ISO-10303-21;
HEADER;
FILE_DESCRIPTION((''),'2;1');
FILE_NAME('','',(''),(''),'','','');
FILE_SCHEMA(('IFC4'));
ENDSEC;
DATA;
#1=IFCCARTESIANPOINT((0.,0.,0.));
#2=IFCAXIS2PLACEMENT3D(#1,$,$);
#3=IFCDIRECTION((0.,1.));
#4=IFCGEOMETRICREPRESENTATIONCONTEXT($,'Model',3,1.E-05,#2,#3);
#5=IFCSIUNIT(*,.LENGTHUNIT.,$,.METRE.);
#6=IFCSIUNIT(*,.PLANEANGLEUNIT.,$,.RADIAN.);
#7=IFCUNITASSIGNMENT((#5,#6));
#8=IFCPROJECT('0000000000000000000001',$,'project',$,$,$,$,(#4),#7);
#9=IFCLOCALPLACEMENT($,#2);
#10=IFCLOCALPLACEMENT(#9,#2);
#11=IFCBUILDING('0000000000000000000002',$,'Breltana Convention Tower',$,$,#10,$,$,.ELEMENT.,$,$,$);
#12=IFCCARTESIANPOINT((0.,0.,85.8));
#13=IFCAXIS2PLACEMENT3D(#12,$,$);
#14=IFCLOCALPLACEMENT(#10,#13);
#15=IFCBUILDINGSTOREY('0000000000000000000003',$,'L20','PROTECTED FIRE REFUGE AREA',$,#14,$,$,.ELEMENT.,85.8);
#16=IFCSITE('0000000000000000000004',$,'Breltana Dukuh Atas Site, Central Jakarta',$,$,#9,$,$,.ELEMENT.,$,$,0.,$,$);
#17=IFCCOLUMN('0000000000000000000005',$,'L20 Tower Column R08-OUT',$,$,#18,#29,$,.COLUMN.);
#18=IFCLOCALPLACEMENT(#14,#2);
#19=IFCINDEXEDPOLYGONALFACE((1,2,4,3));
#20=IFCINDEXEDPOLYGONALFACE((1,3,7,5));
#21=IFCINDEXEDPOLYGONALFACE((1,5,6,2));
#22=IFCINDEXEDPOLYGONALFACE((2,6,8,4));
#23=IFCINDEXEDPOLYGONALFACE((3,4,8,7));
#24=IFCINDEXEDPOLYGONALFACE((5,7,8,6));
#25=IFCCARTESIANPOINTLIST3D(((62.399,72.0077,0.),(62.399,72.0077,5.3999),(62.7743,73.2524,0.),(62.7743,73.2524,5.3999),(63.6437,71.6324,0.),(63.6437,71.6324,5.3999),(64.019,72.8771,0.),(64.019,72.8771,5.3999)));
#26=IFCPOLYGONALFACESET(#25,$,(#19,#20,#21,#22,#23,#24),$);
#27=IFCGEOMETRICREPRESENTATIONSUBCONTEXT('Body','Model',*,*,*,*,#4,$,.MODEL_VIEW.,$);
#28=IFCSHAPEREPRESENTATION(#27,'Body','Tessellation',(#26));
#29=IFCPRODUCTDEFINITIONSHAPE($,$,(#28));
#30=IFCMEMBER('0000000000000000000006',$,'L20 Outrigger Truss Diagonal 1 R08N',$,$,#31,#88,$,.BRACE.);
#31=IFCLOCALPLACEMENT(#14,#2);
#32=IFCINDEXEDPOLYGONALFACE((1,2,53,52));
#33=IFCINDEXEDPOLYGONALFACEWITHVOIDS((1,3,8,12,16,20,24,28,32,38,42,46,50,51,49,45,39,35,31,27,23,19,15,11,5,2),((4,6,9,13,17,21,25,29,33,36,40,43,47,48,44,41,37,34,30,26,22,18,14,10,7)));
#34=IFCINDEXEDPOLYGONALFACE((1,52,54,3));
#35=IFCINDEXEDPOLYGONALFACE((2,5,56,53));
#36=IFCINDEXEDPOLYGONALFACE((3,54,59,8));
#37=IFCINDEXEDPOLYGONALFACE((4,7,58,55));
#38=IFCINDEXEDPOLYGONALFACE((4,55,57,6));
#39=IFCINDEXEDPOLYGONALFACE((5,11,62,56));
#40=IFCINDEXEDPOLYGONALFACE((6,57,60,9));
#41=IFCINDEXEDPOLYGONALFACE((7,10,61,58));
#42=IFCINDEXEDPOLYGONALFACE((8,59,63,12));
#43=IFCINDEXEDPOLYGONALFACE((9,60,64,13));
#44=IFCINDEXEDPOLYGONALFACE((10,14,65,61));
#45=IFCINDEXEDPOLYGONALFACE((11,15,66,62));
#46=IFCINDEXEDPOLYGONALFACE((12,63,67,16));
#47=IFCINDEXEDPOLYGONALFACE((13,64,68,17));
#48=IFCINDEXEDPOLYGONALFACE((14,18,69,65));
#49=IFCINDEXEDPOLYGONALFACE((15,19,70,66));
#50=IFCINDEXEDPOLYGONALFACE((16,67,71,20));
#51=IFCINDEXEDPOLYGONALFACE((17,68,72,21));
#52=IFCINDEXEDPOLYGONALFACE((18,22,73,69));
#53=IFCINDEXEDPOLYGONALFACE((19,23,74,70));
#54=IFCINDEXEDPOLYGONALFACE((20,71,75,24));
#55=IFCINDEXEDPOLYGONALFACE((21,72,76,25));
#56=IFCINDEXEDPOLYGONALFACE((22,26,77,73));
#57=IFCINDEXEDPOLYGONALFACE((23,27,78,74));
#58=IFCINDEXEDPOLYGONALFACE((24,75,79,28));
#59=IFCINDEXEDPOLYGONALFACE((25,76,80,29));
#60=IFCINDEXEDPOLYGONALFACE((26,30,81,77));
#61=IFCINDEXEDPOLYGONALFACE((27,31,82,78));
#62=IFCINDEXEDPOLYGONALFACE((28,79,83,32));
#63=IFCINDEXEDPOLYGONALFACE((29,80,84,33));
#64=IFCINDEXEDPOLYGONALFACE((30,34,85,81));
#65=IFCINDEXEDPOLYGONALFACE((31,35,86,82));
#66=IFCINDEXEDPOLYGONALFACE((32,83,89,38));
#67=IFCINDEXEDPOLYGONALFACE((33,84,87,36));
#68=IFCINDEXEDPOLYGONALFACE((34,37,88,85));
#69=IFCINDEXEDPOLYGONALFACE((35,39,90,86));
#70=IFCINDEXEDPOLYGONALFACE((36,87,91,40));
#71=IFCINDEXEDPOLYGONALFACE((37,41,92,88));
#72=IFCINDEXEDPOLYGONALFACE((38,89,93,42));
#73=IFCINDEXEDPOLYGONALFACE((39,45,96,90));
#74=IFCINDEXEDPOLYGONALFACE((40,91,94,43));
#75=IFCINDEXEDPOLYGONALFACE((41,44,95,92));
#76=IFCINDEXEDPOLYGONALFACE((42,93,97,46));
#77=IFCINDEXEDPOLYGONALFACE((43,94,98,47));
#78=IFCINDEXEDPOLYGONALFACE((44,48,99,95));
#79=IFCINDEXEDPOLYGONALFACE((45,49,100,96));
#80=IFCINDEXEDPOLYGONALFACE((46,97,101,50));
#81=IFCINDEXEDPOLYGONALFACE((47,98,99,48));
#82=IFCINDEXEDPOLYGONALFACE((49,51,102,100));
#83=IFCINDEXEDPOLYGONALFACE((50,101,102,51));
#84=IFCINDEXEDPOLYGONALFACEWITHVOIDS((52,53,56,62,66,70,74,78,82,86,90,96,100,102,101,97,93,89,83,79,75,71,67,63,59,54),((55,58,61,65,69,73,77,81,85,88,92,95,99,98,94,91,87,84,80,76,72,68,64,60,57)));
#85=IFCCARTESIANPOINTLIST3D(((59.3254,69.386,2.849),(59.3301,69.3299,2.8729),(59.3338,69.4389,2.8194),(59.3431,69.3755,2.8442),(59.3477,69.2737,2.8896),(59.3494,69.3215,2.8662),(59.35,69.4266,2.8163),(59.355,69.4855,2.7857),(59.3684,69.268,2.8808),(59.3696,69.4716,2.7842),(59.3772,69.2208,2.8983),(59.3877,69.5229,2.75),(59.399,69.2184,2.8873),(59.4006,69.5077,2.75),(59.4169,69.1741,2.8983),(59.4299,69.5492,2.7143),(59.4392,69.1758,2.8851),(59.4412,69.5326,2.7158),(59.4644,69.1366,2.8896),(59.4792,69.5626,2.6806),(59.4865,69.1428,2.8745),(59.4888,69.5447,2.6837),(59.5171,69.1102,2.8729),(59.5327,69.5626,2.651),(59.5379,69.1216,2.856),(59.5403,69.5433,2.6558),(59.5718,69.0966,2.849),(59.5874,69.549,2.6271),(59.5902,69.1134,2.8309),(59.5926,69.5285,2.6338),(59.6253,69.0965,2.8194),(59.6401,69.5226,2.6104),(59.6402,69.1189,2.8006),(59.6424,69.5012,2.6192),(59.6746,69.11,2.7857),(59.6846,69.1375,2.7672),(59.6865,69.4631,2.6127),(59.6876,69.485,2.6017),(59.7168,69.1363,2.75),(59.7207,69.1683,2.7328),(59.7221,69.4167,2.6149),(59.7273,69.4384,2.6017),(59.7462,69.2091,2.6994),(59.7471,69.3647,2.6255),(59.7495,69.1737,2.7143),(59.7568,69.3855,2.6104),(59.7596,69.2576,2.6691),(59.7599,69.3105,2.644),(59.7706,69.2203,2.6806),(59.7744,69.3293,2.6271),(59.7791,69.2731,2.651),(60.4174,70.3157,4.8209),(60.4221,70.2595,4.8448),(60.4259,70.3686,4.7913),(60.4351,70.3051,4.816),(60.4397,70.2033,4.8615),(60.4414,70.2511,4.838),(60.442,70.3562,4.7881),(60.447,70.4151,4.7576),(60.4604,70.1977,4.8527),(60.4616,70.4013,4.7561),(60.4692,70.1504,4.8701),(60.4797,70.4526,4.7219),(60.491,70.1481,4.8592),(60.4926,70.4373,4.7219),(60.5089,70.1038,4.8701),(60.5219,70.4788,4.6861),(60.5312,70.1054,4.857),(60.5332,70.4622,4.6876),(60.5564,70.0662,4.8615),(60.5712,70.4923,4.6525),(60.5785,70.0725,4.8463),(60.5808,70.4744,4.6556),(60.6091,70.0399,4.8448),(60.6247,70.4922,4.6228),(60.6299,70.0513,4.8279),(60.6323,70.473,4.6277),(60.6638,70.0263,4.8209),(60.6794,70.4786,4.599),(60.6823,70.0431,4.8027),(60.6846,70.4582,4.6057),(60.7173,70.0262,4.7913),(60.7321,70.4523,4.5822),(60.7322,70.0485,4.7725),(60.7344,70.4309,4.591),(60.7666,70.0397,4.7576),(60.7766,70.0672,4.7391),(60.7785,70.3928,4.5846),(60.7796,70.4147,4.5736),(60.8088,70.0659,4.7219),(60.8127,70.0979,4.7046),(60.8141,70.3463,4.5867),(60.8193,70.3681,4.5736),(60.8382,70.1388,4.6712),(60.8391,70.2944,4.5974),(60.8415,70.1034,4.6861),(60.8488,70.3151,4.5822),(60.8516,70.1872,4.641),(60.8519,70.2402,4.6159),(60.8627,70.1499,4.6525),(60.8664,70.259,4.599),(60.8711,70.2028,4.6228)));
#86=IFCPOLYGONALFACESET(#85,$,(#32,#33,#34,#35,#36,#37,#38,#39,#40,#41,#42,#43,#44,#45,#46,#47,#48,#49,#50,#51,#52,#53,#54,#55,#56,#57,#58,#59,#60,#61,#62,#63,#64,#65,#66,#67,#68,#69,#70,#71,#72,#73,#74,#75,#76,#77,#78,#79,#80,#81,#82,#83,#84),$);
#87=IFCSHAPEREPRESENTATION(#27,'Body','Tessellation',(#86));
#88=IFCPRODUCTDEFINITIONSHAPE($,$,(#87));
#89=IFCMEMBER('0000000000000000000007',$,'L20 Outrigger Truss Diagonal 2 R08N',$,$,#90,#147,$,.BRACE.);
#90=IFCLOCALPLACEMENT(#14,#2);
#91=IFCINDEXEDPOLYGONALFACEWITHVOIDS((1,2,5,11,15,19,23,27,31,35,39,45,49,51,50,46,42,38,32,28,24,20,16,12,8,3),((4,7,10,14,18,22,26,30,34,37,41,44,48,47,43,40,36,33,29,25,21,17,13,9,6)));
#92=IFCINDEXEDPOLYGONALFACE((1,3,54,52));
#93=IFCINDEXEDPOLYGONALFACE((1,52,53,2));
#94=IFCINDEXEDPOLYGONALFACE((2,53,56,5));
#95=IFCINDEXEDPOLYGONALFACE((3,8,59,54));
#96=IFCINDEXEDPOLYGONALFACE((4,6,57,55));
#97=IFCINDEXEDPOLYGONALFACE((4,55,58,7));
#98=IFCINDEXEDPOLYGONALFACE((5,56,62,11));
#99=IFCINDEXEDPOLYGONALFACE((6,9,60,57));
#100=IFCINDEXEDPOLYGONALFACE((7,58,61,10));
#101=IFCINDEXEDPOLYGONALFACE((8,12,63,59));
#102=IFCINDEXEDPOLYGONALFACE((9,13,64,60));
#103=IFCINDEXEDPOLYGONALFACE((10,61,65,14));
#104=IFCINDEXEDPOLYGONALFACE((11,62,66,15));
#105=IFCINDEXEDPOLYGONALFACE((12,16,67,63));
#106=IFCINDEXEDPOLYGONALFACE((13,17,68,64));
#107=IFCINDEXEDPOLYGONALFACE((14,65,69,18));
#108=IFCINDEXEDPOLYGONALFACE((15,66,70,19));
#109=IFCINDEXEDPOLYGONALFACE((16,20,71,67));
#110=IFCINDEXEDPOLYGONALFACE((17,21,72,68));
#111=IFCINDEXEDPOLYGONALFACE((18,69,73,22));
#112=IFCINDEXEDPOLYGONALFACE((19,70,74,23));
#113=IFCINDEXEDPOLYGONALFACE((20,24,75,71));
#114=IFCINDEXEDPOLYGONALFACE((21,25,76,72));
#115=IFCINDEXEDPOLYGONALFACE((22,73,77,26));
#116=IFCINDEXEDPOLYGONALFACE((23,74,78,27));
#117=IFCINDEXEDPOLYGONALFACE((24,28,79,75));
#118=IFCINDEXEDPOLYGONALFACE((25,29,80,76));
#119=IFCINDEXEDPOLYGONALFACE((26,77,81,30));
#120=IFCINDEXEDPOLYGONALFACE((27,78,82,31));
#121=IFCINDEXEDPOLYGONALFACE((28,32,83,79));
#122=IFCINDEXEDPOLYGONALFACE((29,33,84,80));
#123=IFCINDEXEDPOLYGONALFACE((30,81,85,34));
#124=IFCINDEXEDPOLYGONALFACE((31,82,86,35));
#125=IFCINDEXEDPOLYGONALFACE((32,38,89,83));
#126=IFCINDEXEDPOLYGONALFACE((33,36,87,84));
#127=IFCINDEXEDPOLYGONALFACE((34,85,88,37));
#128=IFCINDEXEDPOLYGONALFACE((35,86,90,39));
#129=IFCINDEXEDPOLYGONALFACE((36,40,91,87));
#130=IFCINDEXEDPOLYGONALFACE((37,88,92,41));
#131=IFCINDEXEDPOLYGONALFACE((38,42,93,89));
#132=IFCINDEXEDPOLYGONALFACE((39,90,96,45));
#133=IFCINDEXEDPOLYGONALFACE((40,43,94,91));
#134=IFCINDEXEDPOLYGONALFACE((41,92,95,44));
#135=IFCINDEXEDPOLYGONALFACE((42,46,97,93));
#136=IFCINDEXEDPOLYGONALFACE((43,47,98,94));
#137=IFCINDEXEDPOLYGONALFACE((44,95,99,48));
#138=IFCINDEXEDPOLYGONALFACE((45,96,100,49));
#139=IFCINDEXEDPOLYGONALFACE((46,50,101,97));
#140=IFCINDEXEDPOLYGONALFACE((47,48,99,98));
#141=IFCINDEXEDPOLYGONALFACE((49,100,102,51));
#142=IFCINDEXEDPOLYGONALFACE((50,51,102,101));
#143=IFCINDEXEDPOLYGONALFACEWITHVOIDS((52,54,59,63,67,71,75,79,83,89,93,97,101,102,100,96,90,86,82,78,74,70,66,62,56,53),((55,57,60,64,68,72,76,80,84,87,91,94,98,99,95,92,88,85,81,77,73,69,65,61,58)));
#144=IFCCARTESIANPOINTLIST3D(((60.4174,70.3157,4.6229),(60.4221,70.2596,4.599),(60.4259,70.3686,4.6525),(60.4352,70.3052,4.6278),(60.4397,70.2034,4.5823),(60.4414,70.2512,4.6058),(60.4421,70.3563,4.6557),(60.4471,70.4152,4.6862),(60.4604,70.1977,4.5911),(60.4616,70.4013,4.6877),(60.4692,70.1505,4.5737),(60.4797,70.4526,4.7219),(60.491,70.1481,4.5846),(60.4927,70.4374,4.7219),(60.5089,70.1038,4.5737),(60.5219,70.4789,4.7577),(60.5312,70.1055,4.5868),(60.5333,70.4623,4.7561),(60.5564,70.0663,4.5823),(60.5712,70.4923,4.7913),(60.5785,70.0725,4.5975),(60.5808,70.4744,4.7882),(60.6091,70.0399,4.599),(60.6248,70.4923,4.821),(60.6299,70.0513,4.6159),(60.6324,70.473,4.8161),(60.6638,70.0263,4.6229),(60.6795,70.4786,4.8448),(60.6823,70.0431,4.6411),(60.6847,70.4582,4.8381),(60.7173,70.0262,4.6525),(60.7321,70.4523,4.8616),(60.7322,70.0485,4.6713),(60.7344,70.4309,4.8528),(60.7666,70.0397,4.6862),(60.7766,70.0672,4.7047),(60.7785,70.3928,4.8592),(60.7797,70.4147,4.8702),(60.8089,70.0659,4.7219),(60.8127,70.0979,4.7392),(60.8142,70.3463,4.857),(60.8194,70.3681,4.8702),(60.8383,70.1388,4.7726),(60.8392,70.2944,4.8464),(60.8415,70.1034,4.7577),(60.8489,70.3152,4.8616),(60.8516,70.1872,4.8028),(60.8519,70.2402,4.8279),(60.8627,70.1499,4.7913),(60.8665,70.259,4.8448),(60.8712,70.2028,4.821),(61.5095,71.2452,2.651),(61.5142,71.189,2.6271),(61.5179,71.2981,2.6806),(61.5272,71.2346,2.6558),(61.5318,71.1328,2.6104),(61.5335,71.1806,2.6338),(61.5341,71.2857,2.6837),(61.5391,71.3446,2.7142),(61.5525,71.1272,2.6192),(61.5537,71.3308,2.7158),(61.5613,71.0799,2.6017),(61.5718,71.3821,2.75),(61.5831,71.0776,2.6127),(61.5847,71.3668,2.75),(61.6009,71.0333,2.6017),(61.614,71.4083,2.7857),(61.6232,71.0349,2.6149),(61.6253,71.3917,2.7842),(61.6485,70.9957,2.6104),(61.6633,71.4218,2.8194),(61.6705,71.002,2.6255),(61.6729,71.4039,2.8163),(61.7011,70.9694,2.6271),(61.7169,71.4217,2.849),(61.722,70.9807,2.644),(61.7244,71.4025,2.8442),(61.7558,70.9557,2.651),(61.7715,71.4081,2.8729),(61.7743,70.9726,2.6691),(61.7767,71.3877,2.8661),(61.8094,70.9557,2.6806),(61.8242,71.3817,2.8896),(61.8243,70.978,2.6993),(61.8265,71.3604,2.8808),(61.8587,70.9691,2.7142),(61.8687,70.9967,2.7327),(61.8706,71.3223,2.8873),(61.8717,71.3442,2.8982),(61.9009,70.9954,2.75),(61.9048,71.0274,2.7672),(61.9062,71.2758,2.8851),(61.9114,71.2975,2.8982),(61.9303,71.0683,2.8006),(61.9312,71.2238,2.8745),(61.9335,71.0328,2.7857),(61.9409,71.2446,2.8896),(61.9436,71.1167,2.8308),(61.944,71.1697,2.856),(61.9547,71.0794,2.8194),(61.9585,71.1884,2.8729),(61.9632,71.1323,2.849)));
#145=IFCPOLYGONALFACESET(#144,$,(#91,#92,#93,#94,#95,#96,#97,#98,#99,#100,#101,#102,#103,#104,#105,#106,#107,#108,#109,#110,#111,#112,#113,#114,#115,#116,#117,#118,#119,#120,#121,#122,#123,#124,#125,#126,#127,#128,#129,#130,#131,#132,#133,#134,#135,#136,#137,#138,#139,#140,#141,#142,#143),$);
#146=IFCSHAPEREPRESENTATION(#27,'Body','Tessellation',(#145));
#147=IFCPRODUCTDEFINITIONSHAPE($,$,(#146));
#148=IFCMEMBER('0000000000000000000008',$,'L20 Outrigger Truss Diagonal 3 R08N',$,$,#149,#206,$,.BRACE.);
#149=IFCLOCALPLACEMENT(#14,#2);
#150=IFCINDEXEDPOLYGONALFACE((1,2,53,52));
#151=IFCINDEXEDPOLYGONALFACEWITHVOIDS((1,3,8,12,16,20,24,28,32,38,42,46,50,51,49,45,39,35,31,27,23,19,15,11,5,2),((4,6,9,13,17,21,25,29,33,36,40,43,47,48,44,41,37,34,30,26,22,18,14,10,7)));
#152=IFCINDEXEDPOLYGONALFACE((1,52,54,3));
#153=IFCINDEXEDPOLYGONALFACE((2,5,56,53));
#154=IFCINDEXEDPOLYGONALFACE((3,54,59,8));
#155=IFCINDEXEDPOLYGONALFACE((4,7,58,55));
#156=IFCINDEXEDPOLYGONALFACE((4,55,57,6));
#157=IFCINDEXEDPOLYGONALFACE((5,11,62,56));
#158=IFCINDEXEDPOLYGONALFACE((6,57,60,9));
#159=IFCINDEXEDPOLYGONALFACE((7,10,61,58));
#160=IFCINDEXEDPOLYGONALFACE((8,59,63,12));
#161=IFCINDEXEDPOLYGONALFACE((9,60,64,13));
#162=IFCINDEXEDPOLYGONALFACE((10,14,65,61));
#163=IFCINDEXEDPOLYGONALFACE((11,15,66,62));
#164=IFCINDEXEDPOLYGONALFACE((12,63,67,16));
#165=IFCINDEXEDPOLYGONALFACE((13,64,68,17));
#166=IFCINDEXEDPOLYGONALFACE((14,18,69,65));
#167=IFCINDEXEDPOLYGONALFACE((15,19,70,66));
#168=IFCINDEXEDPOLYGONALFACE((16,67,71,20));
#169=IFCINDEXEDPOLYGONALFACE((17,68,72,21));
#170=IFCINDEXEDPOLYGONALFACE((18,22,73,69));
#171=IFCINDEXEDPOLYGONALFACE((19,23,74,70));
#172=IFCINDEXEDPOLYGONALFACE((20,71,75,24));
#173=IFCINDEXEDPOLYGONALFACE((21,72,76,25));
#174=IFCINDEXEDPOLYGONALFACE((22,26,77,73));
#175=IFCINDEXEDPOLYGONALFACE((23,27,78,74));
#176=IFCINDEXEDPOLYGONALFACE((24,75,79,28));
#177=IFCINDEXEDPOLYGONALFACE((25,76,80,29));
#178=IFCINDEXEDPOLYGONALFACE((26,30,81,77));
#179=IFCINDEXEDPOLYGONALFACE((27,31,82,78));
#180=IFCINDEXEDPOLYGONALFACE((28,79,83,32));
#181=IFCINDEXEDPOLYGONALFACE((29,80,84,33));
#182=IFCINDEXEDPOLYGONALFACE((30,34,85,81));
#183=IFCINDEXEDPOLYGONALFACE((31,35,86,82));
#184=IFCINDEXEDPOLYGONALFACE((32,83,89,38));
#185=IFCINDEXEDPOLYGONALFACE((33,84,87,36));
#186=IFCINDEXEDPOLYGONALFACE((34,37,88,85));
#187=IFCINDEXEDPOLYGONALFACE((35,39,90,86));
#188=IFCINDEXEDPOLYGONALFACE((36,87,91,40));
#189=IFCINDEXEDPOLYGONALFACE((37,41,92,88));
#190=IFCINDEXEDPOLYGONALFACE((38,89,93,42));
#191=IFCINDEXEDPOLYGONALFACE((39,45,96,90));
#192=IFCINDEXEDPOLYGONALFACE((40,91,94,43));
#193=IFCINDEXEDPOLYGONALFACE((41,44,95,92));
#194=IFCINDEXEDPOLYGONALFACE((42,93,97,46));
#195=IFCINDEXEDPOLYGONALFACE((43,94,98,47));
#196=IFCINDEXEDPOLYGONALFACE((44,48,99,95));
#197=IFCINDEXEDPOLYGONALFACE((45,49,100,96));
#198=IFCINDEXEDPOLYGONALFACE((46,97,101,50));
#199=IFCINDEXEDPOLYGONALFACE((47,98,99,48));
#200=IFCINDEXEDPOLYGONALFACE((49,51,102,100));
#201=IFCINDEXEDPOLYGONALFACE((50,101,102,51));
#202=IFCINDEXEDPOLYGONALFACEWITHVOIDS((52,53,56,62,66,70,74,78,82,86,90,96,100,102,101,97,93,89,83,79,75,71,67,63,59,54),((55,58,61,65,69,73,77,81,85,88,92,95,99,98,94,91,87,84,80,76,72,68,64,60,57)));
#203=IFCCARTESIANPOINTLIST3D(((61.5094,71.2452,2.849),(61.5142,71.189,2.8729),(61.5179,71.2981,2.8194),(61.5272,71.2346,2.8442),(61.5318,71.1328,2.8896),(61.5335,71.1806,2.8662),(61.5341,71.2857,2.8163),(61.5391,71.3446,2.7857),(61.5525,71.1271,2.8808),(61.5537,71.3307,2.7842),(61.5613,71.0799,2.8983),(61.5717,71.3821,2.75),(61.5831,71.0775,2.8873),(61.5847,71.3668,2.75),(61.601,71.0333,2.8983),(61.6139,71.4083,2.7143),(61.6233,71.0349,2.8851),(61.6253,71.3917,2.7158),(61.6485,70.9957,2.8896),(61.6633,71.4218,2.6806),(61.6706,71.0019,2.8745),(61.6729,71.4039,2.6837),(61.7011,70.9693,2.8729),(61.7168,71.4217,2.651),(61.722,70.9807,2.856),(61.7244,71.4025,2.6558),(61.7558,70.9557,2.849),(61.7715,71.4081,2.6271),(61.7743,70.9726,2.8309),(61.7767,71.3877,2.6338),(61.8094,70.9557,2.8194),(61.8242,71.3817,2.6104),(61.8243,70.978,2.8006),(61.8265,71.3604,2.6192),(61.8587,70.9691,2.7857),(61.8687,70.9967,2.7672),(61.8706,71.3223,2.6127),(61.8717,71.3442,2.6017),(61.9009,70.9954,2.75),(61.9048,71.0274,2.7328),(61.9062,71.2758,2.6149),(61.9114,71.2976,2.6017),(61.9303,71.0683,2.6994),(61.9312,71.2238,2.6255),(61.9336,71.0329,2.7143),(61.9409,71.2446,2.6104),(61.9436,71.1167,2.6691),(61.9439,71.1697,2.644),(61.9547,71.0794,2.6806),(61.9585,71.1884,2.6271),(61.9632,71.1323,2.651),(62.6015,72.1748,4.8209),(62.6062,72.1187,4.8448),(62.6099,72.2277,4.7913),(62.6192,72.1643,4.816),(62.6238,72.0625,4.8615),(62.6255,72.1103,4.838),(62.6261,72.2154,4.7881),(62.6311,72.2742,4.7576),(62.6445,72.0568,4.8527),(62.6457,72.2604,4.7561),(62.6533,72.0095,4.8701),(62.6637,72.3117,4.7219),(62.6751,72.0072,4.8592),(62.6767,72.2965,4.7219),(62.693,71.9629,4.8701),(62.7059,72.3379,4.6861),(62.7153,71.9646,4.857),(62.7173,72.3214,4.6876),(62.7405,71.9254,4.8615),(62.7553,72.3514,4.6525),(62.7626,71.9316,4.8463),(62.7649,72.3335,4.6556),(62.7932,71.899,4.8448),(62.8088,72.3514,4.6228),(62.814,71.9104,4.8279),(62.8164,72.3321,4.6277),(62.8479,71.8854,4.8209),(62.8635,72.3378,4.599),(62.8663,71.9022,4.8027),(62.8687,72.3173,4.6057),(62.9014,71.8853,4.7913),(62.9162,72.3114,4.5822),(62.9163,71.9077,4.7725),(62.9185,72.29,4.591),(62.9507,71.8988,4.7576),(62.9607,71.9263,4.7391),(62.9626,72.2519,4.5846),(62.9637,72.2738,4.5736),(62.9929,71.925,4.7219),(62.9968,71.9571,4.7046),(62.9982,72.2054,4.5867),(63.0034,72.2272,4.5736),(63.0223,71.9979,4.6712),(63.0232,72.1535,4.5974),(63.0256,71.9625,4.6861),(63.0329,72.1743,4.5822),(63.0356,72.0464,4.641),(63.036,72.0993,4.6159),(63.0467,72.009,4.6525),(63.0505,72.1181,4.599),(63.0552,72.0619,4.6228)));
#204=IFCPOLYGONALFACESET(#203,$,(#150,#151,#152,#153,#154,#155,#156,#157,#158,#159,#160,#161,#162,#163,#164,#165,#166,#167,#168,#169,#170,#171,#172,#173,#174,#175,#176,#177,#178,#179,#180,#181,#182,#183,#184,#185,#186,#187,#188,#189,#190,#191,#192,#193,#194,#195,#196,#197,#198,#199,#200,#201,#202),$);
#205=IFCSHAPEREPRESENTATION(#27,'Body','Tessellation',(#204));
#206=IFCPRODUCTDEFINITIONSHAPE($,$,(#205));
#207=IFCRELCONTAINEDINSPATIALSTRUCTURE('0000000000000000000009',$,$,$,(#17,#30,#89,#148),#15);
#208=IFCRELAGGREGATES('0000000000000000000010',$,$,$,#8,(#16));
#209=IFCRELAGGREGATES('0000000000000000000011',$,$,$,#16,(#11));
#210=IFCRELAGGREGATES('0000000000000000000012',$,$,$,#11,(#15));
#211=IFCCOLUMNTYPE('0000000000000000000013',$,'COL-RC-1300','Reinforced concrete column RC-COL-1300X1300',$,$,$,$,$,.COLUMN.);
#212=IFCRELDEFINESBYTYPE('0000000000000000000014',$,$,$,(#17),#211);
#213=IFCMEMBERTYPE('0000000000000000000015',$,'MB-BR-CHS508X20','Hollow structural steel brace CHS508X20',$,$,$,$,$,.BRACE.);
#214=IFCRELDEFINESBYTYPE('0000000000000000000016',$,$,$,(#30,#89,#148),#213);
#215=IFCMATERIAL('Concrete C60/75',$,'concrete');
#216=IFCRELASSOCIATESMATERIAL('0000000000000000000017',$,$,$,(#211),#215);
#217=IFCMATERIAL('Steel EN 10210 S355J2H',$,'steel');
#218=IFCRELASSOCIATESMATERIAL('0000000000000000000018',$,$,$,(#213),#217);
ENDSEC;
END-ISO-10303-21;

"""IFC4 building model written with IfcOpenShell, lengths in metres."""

from ifc_helpers import new_model, si_unit, direction, frame, origin, origin_2d, place, context, subcontext, project, spatial, rectangle, hollow_circle, extrude, source, transform, mapped, material, material_profile, profile_set, type_object, type_shapes, element, save


model = new_model("IFC4")

# Units and contexts
model_context = context("Model", 3, precision=1e-05, world=origin(), true_north=direction((0.0, 1.0)))
body_context = subcontext(model_context, "Body", "Model", "MODEL_VIEW")
ifc_project = project(units=[si_unit("LENGTHUNIT", "METRE"), si_unit("PLANEANGLEUNIT", "RADIAN")], contexts=[model_context])

# Site, building, storey
site_placement = place(None, origin())
site = spatial("IfcSite", under=ifc_project, at=site_placement, Name="Breltana Dukuh Atas Site, Central Jakarta", CompositionType="ELEMENT", RefElevation=0.0)
building_placement = place(site_placement, origin())
building = spatial("IfcBuilding", under=site, at=building_placement, Name="Breltana Convention Tower", CompositionType="ELEMENT")
storey_placement = place(building_placement, frame((0.0, 0.0, 85.8)))
storey = spatial("IfcBuildingStorey", under=building, at=storey_placement, Name="L20", Description="PROTECTED FIRE REFUGE AREA", CompositionType="ELEMENT", Elevation=85.8)

# Column
ifc_material_1 = material(Name="Concrete C60/75", Category="concrete")
ifc_material_profile_1 = material_profile(ifc_material_1, rectangle(XDim=1.3, YDim=1.3, at=origin_2d()), Name="RC-COL-1300X1300")
ifc_profile_set_1 = profile_set([ifc_material_profile_1], Name="Concrete C60/75")
column_type = type_object("IfcColumnType", Name="COL-RC-1300", Description="Reinforced concrete column RC-COL-1300X1300", PredefinedType="COLUMN", material=ifc_profile_set_1)
shared_shape_1 = source(origin(), body_context, "Body", "SweptSolid", [
    extrude(rectangle(XDim=1.3, YDim=1.3, at=origin_2d()), origin(), (0.0, 0.0, 1.0), 5.3999),
])
type_shapes(column_type, [shared_shape_1])
column_placement = place(storey_placement, frame((63.209, 72.4424, 0.0), z_axis=(0.0, 0.0, 1.0), x_axis=(0.288698, 0.95742, 0.0)))
element("IfcColumn", 1, at=column_placement, inside=storey, type_object=column_type, Name="L20 Tower Column R08-OUT", PredefinedType="COLUMN", context=body_context, shape_type="MappedRepresentation", body=[
    mapped(shared_shape_1, transform((0.0, 0.0, 0.0), scale=1.0)),
])

# Members
ifc_material_2 = material(Name="Steel EN 10210 S355J2H", Category="steel")
ifc_material_profile_2 = material_profile(ifc_material_2, hollow_circle(Radius=0.2539, WallThickness=0.02, at=origin_2d()), Name="CHS508X20")
ifc_profile_set_2 = profile_set([ifc_material_profile_2], Name="Steel EN 10210 S355J2H")
member_type_1 = type_object("IfcMemberType", Name="MB-BR-CHS508X20", Description="Hollow structural steel brace CHS508X20", PredefinedType="BRACE", material=ifc_profile_set_2)
shared_shape_2 = source(origin(), body_context, "Body", "SweptSolid", [
    extrude(hollow_circle(Radius=0.2539, WallThickness=0.02, at=origin_2d()), origin(), (0.0, 0.0, 1.0), 2.4382),
])
for number, where, z_axis, x_axis, name in (
    (2, (59.5522, 69.3296, 2.75), (0.447868, 0.381284, 0.808726), (-0.648236, 0.761439, 0.0), "L20 Outrigger Truss Diagonal 1 R08N"),
    (3, (60.6443, 70.2593, 4.7219), (0.447885, 0.381198, -0.808756), (-0.648138, 0.761523, 0.0), "L20 Outrigger Truss Diagonal 2 R08N"),
    (4, (61.7363, 71.1887, 2.75), (0.447868, 0.381284, 0.808726), (-0.648236, 0.761439, 0.0), "L20 Outrigger Truss Diagonal 3 R08N"),
):
    element("IfcMember", number, at=place(storey_placement, frame(where, z_axis=z_axis, x_axis=x_axis)), inside=storey, type_object=member_type_1, Name=name, PredefinedType="BRACE", context=body_context, shape_type="MappedRepresentation", body=[
        mapped(shared_shape_2, transform((0.0, 0.0, 0.0), scale=1.0)),
    ])

save(model, "model.ifc")
